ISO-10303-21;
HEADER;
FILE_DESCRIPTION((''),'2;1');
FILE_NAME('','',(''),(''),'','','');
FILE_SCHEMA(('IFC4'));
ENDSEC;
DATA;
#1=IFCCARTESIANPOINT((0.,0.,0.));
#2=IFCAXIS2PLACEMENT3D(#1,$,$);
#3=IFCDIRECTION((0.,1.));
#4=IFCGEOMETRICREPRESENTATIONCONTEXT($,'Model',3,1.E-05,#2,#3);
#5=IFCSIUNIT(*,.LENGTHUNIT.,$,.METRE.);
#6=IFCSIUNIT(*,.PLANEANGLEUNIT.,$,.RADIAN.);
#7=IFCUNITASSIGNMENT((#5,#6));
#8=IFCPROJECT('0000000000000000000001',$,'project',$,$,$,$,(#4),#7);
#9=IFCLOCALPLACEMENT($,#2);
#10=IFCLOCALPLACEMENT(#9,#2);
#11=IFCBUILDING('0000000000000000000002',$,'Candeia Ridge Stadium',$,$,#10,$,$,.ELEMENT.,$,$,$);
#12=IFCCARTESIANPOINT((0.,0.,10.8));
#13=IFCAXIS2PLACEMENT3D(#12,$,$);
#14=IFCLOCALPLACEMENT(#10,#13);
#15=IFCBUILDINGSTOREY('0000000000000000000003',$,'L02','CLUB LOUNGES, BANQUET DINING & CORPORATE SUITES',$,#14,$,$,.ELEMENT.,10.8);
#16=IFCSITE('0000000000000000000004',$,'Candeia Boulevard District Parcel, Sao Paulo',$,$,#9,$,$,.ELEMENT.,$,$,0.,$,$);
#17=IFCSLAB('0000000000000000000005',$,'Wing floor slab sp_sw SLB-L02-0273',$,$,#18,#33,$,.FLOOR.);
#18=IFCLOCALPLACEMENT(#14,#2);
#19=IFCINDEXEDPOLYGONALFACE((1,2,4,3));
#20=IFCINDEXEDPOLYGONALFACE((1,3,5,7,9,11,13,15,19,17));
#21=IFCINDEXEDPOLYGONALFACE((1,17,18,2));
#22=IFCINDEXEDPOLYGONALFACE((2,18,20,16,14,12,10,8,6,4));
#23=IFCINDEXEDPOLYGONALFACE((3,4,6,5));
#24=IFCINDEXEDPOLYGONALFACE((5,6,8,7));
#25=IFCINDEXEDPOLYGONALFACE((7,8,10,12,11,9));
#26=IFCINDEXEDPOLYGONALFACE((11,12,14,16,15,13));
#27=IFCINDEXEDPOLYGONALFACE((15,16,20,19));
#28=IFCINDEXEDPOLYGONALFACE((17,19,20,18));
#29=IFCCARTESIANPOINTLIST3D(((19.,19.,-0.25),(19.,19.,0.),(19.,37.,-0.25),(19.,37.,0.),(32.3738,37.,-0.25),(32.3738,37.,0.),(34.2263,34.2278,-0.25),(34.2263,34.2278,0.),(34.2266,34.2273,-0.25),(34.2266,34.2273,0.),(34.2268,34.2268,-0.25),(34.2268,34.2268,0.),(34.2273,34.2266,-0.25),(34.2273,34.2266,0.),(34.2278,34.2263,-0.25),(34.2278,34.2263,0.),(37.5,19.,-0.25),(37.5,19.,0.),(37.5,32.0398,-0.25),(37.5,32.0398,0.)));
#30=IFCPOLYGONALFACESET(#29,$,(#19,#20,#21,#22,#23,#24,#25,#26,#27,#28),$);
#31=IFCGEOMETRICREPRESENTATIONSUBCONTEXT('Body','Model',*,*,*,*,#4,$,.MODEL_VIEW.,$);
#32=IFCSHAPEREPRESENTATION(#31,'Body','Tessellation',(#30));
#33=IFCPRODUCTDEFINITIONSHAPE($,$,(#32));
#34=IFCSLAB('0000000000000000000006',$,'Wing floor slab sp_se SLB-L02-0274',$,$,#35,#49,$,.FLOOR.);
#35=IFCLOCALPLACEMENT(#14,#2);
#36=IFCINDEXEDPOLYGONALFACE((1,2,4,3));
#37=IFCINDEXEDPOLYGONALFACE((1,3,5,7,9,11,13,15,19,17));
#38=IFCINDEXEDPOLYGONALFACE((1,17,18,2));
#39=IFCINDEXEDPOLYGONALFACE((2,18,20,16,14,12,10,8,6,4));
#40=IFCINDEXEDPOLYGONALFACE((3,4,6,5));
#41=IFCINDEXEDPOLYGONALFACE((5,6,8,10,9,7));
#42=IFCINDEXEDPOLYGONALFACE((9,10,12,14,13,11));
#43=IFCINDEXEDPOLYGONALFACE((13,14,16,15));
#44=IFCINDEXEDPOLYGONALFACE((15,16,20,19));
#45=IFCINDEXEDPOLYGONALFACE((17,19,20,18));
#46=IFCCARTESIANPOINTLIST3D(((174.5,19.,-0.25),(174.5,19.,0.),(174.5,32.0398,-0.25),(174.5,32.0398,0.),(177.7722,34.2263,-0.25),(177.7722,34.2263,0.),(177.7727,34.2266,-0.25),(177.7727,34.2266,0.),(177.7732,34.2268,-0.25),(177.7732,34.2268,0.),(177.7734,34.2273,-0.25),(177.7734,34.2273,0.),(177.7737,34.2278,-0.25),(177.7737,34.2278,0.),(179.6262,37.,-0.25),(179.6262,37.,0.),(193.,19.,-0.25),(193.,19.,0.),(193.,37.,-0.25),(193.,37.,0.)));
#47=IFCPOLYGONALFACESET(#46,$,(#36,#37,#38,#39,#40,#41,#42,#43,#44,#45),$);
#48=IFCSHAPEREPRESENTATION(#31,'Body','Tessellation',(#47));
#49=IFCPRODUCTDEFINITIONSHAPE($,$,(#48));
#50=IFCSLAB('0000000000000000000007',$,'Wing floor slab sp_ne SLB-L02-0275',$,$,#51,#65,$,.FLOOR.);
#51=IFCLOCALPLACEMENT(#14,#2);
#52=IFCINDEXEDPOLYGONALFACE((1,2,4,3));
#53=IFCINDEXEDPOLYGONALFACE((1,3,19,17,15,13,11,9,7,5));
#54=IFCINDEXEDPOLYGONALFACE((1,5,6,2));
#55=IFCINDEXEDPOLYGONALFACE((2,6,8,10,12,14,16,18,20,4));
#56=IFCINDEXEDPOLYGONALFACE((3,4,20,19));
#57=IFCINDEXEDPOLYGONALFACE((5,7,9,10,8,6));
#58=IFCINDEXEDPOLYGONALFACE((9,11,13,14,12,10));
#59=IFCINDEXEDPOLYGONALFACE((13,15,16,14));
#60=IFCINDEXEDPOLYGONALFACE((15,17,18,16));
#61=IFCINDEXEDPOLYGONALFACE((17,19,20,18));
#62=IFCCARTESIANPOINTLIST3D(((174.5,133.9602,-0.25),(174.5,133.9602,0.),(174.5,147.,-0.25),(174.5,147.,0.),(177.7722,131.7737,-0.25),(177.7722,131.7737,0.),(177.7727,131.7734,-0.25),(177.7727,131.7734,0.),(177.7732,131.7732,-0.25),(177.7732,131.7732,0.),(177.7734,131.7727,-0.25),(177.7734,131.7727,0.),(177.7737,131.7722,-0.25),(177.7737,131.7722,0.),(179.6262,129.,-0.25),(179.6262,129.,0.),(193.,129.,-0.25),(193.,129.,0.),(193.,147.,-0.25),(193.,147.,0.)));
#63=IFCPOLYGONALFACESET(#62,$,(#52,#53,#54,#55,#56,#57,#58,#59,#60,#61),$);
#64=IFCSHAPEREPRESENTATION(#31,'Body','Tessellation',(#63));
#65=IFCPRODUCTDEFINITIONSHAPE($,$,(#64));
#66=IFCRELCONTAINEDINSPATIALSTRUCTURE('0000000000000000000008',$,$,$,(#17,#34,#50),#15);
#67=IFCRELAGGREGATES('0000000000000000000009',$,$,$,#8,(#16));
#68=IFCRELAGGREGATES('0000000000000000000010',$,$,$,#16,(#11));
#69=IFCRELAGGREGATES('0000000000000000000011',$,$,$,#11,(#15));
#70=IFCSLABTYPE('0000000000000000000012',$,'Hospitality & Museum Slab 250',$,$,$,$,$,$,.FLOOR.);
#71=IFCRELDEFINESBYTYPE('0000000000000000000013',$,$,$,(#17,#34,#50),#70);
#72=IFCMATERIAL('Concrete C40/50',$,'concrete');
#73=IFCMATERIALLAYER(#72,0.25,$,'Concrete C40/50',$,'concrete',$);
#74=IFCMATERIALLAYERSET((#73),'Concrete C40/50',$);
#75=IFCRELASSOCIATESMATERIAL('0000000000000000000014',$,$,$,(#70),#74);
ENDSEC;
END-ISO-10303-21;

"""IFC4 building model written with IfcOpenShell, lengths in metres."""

from ifc_helpers import new_model, si_unit, direction, frame, origin, place, context, subcontext, project, spatial, polyline, outline, extrude, material, layer, layer_set, type_object, element, save


model = new_model("IFC4")

# Units and contexts
model_context = context("Model", 3, precision=1e-05, world=origin(), true_north=direction((0.0, 1.0)))
body_context = subcontext(model_context, "Body", "Model", "MODEL_VIEW")
ifc_project = project(units=[si_unit("LENGTHUNIT", "METRE"), si_unit("PLANEANGLEUNIT", "RADIAN")], contexts=[model_context])

# Site, building, storey
site_placement = place(None, origin())
site = spatial("IfcSite", under=ifc_project, at=site_placement, Name="Candeia Boulevard District Parcel, Sao Paulo", CompositionType="ELEMENT", RefElevation=0.0)
building_placement = place(site_placement, origin())
building = spatial("IfcBuilding", under=site, at=building_placement, Name="Candeia Ridge Stadium", CompositionType="ELEMENT")
storey_placement = place(building_placement, frame((0.0, 0.0, 10.8)))
storey = spatial("IfcBuildingStorey", under=building, at=storey_placement, Name="L02", Description="CLUB LOUNGES, BANQUET DINING & CORPORATE SUITES", CompositionType="ELEMENT", Elevation=10.8)

# Shared definitions
ifc_material = material(Name="Concrete C40/50", Category="concrete")

# Slabs
ifc_layer_1 = layer(ifc_material, 0.25, Name="Concrete C40/50", Category="concrete")
ifc_layer_set_1 = layer_set([ifc_layer_1], Name="Concrete C40/50")
slab_type_1 = type_object("IfcSlabType", Name="Hospitality & Museum Slab 250", PredefinedType="FLOOR", material=ifc_layer_set_1)
slab_1_placement = place(storey_placement, frame((0.0, 0.0, -0.25)))
element("IfcSlab", 1, at=slab_1_placement, inside=storey, type_object=slab_type_1, Name="Wing floor slab sp_sw SLB-L02-0273", PredefinedType="FLOOR", context=body_context, shape_type="SweptSolid", body=[
    extrude(outline(polyline([(19.0, 19.0), (19.0, 37.0), (32.3738, 37.0), (34.2263, 34.2278), (34.2266, 34.2273), (34.2268, 34.2268), (34.2273, 34.2266), (34.2278, 34.2263), (37.5, 32.0398), (37.5, 19.0), (19.0, 19.0)])), origin(), (0.0, 0.0, 1.0), 0.25),
])
slab_2_placement = place(storey_placement, frame((0.0, 0.0, -0.25)))
element("IfcSlab", 2, at=slab_2_placement, inside=storey, type_object=slab_type_1, Name="Wing floor slab sp_se SLB-L02-0274", PredefinedType="FLOOR", context=body_context, shape_type="SweptSolid", body=[
    extrude(outline(polyline([(193.0, 19.0), (174.5, 19.0), (174.5, 32.0398), (177.7722, 34.2263), (177.7727, 34.2266), (177.7732, 34.2268), (177.7734, 34.2273), (177.7737, 34.2278), (179.6262, 37.0), (193.0, 37.0), (193.0, 19.0)])), origin(), (0.0, 0.0, 1.0), 0.25),
])
slab_3_placement = place(storey_placement, frame((0.0, 0.0, -0.25)))
element("IfcSlab", 3, at=slab_3_placement, inside=storey, type_object=slab_type_1, Name="Wing floor slab sp_ne SLB-L02-0275", PredefinedType="FLOOR", context=body_context, shape_type="SweptSolid", body=[
    extrude(outline(polyline([(193.0, 147.0), (193.0, 129.0), (179.6262, 129.0), (177.7737, 131.7722), (177.7734, 131.7727), (177.7732, 131.7732), (177.7727, 131.7734), (177.7722, 131.7737), (174.5, 133.9602), (174.5, 147.0), (193.0, 147.0)])), origin(), (0.0, 0.0, 1.0), 0.25),
])

save(model, "model.ifc")
